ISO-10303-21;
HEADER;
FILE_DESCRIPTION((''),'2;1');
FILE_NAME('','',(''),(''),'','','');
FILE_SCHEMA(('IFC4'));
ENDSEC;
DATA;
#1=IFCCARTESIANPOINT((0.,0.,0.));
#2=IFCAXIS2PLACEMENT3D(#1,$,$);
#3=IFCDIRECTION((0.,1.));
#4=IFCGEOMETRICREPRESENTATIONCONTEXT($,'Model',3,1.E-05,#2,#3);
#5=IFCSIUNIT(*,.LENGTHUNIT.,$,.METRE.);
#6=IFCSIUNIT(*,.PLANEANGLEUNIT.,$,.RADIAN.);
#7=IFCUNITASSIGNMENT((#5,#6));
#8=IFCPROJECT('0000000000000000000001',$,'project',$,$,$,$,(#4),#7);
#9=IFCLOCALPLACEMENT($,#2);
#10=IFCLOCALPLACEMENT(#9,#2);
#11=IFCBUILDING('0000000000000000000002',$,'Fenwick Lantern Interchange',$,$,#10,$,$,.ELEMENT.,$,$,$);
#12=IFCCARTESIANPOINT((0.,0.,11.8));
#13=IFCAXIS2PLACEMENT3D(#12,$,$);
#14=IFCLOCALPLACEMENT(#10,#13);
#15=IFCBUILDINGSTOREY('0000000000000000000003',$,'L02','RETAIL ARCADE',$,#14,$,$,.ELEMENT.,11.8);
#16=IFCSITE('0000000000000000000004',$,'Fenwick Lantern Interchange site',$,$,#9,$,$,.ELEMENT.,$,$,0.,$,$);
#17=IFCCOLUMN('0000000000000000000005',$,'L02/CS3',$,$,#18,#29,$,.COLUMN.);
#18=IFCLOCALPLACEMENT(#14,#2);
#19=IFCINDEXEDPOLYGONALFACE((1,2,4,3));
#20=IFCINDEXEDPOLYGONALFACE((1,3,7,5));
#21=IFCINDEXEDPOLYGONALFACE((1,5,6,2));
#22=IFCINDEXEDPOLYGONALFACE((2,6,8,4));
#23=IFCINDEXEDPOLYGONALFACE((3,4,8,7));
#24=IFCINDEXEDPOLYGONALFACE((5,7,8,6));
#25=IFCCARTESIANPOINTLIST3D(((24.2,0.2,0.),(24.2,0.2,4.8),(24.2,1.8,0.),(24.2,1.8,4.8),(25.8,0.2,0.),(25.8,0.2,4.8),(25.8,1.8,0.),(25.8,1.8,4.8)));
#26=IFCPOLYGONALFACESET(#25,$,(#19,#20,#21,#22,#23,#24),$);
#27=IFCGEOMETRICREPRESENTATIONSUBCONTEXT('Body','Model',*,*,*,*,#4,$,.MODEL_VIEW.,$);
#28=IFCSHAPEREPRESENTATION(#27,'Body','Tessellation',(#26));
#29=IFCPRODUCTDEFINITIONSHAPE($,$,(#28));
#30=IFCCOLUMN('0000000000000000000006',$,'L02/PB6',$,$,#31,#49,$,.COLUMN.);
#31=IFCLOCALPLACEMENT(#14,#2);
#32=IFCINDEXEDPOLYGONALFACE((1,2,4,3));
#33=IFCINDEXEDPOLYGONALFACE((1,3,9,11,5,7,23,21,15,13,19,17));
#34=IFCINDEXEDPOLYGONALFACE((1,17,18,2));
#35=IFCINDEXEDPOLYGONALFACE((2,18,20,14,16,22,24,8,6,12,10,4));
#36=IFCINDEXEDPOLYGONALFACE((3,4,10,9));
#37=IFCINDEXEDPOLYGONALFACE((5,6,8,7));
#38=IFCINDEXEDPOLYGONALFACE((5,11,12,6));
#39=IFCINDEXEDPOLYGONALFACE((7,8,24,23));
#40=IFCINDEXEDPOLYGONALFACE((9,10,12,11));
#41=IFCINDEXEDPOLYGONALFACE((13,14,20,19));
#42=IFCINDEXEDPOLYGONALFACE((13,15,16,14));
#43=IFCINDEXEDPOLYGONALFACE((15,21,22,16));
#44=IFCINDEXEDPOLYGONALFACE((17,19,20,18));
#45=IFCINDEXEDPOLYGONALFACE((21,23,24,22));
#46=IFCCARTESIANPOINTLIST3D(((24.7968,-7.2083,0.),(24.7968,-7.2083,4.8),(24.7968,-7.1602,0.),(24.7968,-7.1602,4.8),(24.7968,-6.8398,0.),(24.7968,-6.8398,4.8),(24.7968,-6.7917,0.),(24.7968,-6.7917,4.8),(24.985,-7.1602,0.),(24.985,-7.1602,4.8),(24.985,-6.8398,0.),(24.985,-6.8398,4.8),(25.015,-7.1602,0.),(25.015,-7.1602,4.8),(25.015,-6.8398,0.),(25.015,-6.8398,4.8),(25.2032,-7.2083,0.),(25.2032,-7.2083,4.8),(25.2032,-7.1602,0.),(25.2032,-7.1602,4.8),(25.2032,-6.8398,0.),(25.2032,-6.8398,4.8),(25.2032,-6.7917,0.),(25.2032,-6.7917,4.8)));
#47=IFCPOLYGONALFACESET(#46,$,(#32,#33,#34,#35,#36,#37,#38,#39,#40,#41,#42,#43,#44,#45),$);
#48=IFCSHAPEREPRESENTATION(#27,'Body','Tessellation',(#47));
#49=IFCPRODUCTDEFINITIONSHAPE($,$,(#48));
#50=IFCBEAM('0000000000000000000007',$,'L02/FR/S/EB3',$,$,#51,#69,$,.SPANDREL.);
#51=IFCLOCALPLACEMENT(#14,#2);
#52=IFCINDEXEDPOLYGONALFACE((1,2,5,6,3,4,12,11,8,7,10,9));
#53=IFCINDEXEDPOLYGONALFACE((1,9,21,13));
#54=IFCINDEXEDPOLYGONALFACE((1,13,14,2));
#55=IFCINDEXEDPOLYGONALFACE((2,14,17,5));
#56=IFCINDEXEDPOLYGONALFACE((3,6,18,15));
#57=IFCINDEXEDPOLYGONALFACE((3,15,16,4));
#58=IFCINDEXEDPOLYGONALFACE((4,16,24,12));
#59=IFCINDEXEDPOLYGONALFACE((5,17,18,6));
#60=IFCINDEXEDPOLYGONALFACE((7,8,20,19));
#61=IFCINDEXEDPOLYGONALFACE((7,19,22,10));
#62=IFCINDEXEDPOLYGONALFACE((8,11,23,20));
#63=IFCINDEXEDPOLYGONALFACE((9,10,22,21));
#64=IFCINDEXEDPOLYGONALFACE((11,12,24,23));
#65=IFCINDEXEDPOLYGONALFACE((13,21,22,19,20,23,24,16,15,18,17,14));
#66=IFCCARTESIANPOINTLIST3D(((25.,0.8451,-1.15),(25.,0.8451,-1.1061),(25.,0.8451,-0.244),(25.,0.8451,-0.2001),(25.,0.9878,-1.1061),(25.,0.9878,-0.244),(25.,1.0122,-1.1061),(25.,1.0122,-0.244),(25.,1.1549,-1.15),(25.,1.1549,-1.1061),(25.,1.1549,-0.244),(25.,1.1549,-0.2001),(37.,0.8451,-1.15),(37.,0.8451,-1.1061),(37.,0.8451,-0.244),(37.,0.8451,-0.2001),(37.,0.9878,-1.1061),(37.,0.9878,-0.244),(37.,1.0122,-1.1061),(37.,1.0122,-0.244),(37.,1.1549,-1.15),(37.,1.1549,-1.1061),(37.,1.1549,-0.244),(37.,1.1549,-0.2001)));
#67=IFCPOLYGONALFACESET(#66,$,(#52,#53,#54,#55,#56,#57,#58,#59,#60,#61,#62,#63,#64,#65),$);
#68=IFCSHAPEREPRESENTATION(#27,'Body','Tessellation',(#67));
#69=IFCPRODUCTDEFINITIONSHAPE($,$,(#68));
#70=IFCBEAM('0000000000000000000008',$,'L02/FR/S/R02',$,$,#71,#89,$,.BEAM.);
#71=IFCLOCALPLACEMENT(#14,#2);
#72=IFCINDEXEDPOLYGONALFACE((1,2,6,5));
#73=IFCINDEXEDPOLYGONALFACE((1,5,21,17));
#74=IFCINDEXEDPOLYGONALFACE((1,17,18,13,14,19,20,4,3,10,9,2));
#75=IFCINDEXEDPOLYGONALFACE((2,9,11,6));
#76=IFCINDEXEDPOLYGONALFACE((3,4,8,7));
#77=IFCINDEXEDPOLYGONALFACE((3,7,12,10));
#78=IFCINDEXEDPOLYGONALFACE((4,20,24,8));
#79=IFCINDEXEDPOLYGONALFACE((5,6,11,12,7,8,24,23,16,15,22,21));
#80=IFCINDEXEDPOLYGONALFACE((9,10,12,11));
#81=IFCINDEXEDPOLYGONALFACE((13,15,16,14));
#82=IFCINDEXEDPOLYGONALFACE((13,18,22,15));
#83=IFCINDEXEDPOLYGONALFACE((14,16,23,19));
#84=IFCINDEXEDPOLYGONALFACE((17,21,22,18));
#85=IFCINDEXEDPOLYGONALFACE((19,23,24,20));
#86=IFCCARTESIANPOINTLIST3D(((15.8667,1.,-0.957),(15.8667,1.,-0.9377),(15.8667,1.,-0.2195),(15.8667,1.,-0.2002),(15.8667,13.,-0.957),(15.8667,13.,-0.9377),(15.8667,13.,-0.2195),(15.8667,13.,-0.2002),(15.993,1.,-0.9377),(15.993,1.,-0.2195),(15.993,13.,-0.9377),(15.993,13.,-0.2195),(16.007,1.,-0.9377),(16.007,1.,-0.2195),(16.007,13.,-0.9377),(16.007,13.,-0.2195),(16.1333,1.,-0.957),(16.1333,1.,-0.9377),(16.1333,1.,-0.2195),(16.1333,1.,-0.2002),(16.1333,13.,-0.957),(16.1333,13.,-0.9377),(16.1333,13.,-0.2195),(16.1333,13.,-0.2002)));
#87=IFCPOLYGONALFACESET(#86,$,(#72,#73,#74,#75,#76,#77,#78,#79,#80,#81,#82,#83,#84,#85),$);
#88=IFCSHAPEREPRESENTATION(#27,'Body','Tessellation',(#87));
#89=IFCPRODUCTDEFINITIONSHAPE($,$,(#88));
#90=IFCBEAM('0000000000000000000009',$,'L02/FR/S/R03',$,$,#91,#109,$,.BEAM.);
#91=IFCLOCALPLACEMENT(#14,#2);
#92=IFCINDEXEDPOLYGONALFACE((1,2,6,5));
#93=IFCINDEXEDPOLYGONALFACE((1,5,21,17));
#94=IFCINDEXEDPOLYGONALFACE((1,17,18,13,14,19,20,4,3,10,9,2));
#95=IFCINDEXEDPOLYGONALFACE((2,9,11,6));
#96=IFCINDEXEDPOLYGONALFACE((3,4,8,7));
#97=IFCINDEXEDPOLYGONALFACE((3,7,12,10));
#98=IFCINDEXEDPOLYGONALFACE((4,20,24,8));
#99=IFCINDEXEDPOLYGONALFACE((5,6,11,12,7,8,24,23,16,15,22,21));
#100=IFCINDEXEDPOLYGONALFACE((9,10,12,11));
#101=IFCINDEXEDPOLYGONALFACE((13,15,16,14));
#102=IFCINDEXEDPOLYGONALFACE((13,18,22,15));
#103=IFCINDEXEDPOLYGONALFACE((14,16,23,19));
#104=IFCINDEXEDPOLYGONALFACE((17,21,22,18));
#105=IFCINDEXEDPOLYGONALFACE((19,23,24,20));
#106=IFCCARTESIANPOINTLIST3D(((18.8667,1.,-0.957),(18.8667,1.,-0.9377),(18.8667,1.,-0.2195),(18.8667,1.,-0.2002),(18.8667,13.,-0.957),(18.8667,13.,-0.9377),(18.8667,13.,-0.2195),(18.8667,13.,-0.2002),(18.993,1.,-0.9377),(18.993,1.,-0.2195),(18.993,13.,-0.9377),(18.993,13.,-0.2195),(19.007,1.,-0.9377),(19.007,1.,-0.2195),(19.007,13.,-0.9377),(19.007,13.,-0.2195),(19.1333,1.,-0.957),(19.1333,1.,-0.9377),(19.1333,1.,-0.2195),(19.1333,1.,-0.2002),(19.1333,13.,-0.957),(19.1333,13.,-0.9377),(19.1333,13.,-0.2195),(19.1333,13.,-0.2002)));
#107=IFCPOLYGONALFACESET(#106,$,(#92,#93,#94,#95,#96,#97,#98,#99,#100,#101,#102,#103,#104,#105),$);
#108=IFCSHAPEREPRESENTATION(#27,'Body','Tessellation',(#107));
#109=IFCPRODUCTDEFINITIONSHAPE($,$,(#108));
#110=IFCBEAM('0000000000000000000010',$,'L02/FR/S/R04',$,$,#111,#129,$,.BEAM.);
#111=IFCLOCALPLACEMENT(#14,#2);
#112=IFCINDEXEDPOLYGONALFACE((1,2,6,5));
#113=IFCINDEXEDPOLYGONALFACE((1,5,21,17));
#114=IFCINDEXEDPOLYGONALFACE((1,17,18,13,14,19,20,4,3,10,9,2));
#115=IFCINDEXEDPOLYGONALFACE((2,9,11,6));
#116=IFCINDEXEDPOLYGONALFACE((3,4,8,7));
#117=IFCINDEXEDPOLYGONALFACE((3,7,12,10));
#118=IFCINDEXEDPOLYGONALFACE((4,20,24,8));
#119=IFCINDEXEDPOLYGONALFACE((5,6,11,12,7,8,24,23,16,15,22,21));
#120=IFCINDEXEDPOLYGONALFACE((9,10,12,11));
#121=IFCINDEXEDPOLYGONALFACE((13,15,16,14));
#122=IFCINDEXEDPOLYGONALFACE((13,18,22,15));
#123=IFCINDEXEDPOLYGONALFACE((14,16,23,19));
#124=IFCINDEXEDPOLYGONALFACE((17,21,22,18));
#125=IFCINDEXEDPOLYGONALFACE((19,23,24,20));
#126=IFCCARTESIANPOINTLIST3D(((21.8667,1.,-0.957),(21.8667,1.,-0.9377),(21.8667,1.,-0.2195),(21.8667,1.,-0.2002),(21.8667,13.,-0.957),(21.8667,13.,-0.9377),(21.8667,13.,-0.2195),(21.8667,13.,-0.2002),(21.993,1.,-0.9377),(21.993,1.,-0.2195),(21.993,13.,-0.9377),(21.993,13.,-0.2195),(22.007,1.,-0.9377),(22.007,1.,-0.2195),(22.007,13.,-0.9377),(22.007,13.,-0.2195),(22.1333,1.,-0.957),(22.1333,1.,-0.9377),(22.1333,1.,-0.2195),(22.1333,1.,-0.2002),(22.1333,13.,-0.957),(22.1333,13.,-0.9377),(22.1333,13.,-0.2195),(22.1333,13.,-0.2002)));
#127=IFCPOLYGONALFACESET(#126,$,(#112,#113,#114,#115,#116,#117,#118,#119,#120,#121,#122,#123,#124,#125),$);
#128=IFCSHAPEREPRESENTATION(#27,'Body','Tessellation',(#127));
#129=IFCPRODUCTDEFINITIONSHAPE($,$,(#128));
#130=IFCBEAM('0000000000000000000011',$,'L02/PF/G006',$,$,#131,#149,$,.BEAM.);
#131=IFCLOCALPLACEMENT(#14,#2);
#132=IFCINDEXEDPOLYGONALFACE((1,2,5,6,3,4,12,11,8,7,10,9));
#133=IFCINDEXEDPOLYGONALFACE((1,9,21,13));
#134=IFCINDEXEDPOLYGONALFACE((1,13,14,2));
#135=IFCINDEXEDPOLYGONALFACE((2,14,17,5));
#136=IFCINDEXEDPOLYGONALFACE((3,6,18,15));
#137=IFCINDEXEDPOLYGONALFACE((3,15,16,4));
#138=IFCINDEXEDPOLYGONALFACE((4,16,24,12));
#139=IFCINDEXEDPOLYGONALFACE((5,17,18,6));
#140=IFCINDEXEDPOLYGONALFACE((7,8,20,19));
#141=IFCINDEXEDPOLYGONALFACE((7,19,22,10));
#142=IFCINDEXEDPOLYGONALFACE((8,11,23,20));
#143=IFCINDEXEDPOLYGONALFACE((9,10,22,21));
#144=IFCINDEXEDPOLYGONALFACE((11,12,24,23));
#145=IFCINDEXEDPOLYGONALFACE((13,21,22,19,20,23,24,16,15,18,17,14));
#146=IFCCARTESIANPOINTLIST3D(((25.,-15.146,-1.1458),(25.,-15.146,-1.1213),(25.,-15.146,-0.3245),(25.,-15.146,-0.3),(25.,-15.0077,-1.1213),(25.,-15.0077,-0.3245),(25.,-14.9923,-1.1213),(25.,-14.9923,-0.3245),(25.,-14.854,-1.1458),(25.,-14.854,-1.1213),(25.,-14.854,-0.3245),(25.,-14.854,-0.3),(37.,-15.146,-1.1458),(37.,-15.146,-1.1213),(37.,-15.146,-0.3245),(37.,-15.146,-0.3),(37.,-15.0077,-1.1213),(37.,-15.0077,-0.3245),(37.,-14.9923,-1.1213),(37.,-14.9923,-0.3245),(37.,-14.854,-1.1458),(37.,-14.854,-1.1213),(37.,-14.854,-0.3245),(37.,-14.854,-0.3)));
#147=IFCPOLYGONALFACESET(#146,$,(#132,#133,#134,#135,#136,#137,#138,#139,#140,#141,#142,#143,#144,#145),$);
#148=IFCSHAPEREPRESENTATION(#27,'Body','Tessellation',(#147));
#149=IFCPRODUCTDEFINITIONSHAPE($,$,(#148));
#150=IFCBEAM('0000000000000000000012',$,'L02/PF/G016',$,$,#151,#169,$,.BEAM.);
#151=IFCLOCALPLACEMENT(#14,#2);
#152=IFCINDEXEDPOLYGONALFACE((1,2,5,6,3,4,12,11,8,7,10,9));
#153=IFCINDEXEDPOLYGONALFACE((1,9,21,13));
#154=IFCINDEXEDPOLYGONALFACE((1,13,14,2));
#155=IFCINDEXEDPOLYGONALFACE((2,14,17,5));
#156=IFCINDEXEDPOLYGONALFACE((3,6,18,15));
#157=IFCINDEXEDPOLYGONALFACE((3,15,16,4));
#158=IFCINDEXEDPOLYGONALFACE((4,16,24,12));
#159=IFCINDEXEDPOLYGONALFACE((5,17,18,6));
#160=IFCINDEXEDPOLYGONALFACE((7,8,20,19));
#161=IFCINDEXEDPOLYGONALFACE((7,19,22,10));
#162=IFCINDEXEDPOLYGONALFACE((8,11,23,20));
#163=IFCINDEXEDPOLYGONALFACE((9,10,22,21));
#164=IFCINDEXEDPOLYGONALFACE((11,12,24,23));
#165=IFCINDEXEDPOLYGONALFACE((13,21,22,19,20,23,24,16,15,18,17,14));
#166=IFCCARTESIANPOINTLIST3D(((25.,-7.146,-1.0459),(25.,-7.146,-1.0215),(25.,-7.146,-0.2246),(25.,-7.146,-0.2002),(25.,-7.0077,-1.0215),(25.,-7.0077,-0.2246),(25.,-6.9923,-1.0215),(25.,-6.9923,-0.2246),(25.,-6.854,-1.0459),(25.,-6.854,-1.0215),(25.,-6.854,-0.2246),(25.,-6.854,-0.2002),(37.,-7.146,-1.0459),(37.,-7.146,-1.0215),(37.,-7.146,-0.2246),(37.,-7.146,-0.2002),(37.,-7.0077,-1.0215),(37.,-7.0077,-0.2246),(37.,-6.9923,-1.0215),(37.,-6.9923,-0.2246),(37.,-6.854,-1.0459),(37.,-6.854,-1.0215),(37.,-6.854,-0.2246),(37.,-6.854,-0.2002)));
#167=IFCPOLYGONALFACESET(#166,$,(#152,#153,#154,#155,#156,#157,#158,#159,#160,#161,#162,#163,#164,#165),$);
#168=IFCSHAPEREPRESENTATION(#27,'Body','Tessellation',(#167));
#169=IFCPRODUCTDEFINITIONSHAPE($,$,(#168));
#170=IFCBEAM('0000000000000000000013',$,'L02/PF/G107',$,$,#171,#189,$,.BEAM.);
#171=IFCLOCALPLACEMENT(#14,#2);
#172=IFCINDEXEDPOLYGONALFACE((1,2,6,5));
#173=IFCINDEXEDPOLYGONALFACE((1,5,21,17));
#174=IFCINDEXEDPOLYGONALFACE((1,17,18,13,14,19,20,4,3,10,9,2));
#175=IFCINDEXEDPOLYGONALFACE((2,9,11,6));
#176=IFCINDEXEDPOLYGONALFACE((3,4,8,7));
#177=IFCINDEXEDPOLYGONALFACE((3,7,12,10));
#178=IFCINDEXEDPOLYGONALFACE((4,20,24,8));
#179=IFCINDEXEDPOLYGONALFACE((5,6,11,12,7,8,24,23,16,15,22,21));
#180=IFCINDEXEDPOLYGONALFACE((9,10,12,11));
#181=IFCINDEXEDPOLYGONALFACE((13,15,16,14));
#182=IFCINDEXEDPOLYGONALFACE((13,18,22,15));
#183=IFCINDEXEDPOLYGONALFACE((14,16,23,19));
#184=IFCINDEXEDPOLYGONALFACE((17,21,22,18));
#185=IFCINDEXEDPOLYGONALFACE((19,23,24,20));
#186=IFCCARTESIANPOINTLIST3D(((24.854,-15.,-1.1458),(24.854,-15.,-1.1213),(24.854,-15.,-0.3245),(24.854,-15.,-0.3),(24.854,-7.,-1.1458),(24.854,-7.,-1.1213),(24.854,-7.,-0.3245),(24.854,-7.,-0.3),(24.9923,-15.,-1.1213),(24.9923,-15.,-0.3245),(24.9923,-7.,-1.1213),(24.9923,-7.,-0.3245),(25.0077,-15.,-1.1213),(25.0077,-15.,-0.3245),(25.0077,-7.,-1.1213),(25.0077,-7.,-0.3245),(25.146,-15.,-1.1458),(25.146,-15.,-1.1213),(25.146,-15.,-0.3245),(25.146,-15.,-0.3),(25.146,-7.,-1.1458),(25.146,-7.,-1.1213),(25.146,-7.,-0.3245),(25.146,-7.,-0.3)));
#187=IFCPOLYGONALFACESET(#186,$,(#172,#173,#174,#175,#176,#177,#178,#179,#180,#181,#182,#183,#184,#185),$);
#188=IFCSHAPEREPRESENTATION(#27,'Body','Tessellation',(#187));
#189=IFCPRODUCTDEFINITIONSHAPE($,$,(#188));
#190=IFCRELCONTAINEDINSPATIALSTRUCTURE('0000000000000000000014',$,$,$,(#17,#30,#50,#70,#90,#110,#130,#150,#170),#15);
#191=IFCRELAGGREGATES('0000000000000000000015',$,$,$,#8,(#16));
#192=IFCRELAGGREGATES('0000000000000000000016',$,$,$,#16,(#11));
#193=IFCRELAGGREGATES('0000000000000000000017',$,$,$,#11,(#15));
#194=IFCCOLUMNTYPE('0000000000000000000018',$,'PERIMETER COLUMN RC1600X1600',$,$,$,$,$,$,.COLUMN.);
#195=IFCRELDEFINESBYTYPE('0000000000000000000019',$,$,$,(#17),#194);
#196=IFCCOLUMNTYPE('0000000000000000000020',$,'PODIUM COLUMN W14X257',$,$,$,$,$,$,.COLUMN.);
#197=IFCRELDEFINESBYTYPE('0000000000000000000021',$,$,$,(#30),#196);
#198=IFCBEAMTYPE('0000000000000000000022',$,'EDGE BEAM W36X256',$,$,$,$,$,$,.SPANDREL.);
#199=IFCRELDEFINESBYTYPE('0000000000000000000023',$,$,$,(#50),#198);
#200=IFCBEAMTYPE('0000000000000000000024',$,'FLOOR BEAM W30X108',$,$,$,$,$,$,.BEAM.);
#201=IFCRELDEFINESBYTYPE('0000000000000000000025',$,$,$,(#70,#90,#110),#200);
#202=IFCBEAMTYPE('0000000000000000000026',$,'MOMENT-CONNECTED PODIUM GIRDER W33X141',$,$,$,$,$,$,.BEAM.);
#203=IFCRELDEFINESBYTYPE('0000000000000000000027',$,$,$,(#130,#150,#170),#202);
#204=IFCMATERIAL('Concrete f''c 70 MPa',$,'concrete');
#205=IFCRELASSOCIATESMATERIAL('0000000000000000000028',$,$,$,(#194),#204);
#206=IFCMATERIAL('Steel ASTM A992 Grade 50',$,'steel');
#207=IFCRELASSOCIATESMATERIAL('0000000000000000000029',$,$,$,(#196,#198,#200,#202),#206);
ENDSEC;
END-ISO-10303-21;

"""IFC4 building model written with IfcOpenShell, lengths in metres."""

from ifc_helpers import new_model, si_unit, direction, frame, origin, origin_2d, place, context, subcontext, project, spatial, rectangle, i_section, extrude, material, material_profile, profile_set, type_object, element, save


model = new_model("IFC4")

# Units and contexts
model_context = context("Model", 3, precision=1e-05, world=origin(), true_north=direction((0.0, 1.0)))
body_context = subcontext(model_context, "Body", "Model", "MODEL_VIEW")
ifc_project = project(units=[si_unit("LENGTHUNIT", "METRE"), si_unit("PLANEANGLEUNIT", "RADIAN")], contexts=[model_context])

# Site, building, storey
site_placement = place(None, origin())
site = spatial("IfcSite", under=ifc_project, at=site_placement, Name="Fenwick Lantern Interchange site", CompositionType="ELEMENT", RefElevation=0.0)
building_placement = place(site_placement, origin())
building = spatial("IfcBuilding", under=site, at=building_placement, Name="Fenwick Lantern Interchange", CompositionType="ELEMENT")
storey_placement = place(building_placement, frame((0.0, 0.0, 11.8)))
storey = spatial("IfcBuildingStorey", under=building, at=storey_placement, Name="L02", Description="RETAIL ARCADE", CompositionType="ELEMENT", Elevation=11.8)

# Columns
ifc_material_1 = material(Name="Concrete f'c 70 MPa", Category="concrete")
ifc_material_profile_1 = material_profile(ifc_material_1, rectangle(XDim=1.6001, YDim=1.6001, at=origin_2d()), Name="RC1600X1600")
ifc_profile_set_1 = profile_set([ifc_material_profile_1], Name="Concrete f'c 70 MPa")
column_type_1 = type_object("IfcColumnType", Name="PERIMETER COLUMN RC1600X1600", PredefinedType="COLUMN", material=ifc_profile_set_1)
column_1_placement = place(storey_placement, frame((25.0, 1.0, 0.0), z_axis=(0.0, 0.0, 1.0), x_axis=(1.0, 0.0, 0.0)))
element("IfcColumn", 1, at=column_1_placement, inside=storey, type_object=column_type_1, Name="L02/CS3", PredefinedType="COLUMN", context=body_context, shape_type="SweptSolid", body=[
    extrude(rectangle(XDim=1.6001, YDim=1.6001, at=origin_2d()), origin(), (0.0, 0.0, 1.0), 4.8),
])
ifc_material_2 = material(Name="Steel ASTM A992 Grade 50", Category="steel")
ifc_material_profile_2 = material_profile(ifc_material_2, i_section(OverallWidth=0.4065, OverallDepth=0.4165, WebThickness=0.03, FlangeThickness=0.0481, at=origin_2d()), Name="W14X257")
ifc_profile_set_2 = profile_set([ifc_material_profile_2], Name="Steel ASTM A992 Grade 50")
column_type_2 = type_object("IfcColumnType", Name="PODIUM COLUMN W14X257", PredefinedType="COLUMN", material=ifc_profile_set_2)
column_2_placement = place(storey_placement, frame((25.0, -7.0, 0.0), z_axis=(0.0, 0.0, 1.0), x_axis=(1.0, 0.0, 0.0)))
element("IfcColumn", 2, at=column_2_placement, inside=storey, type_object=column_type_2, Name="L02/PB6", PredefinedType="COLUMN", context=body_context, shape_type="SweptSolid", body=[
    extrude(i_section(OverallWidth=0.4065, OverallDepth=0.4165, WebThickness=0.03, FlangeThickness=0.0481, at=origin_2d()), origin(), (0.0, 0.0, 1.0), 4.8),
])

# Beams
ifc_material_profile_3 = material_profile(ifc_material_2, i_section(OverallWidth=0.3098, OverallDepth=0.95, WebThickness=0.0244, FlangeThickness=0.0439, at=origin_2d()), Name="W36X256")
ifc_profile_set_3 = profile_set([ifc_material_profile_3], Name="Steel ASTM A992 Grade 50")
beam_type_1 = type_object("IfcBeamType", Name="EDGE BEAM W36X256", PredefinedType="SPANDREL", material=ifc_profile_set_3)
beam_placement = place(storey_placement, frame((25.0, 1.0, -0.675), z_axis=(1.0, 0.0, 0.0), x_axis=(0.0, 1.0, 0.0)))
element("IfcBeam", 3, at=beam_placement, inside=storey, type_object=beam_type_1, Name="L02/FR/S/EB3", PredefinedType="SPANDREL", context=body_context, shape_type="SweptSolid", body=[
    extrude(i_section(OverallWidth=0.3098, OverallDepth=0.95, WebThickness=0.0244, FlangeThickness=0.0439, at=origin_2d()), origin(), (0.0, 0.0, 1.0), 12.0),
])
ifc_material_profile_4 = material_profile(ifc_material_2, i_section(OverallWidth=0.2666, OverallDepth=0.7568, WebThickness=0.0139, FlangeThickness=0.0193, at=origin_2d()), Name="W30X108")
ifc_profile_set_4 = profile_set([ifc_material_profile_4], Name="Steel ASTM A992 Grade 50")
beam_type_2 = type_object("IfcBeamType", Name="FLOOR BEAM W30X108", PredefinedType="BEAM", material=ifc_profile_set_4)
for number, where, z_axis, x_axis, name in (
    (4, (16.0, 1.0, -0.5786), (0.0, 1.0, 0.0), (-1.0, 0.0, 0.0), "L02/FR/S/R02"),
    (5, (19.0, 1.0, -0.5786), (0.0, 1.0, 0.0), (-1.0, 0.0, 0.0), "L02/FR/S/R03"),
    (6, (22.0, 1.0, -0.5786), (0.0, 1.0, 0.0), (-1.0, 0.0, 0.0), "L02/FR/S/R04"),
):
    element("IfcBeam", number, at=place(storey_placement, frame(where, z_axis=z_axis, x_axis=x_axis)), inside=storey, type_object=beam_type_2, Name=name, PredefinedType="BEAM", context=body_context, shape_type="SweptSolid", body=[
        extrude(i_section(OverallWidth=0.2666, OverallDepth=0.7568, WebThickness=0.0139, FlangeThickness=0.0193, at=origin_2d()), origin(), (0.0, 0.0, 1.0), 12.0),
    ])
ifc_material_profile_5 = material_profile(ifc_material_2, i_section(OverallWidth=0.292, OverallDepth=0.8457, WebThickness=0.0154, FlangeThickness=0.0244, at=origin_2d()), Name="W33X141")
ifc_profile_set_5 = profile_set([ifc_material_profile_5], Name="Steel ASTM A992 Grade 50")
beam_type_3 = type_object("IfcBeamType", Name="MOMENT-CONNECTED PODIUM GIRDER W33X141", PredefinedType="BEAM", material=ifc_profile_set_5)
for number, where, z_axis, x_axis, name in (
    (7, (25.0, -15.0, -0.7229), (1.0, 0.0, 0.0), (0.0, 1.0, 0.0), "L02/PF/G006"),
    (8, (25.0, -7.0, -0.623), (1.0, 0.0, 0.0), (0.0, 1.0, 0.0), "L02/PF/G016"),
):
    element("IfcBeam", number, at=place(storey_placement, frame(where, z_axis=z_axis, x_axis=x_axis)), inside=storey, type_object=beam_type_3, Name=name, PredefinedType="BEAM", context=body_context, shape_type="SweptSolid", body=[
        extrude(i_section(OverallWidth=0.292, OverallDepth=0.8457, WebThickness=0.0154, FlangeThickness=0.0244, at=origin_2d()), origin(), (0.0, 0.0, 1.0), 12.0),
    ])
for number, where, z_axis, x_axis, name in (
    (9, (25.0, -15.0, -0.7229), (0.0, 1.0, 0.0), (-1.0, 0.0, 0.0), "L02/PF/G107"),
):
    element("IfcBeam", number, at=place(storey_placement, frame(where, z_axis=z_axis, x_axis=x_axis)), inside=storey, type_object=beam_type_3, Name=name, PredefinedType="BEAM", context=body_context, shape_type="SweptSolid", body=[
        extrude(i_section(OverallWidth=0.292, OverallDepth=0.8457, WebThickness=0.0154, FlangeThickness=0.0244, at=origin_2d()), origin(), (0.0, 0.0, 1.0), 8.0),
    ])

save(model, "model.ifc")
